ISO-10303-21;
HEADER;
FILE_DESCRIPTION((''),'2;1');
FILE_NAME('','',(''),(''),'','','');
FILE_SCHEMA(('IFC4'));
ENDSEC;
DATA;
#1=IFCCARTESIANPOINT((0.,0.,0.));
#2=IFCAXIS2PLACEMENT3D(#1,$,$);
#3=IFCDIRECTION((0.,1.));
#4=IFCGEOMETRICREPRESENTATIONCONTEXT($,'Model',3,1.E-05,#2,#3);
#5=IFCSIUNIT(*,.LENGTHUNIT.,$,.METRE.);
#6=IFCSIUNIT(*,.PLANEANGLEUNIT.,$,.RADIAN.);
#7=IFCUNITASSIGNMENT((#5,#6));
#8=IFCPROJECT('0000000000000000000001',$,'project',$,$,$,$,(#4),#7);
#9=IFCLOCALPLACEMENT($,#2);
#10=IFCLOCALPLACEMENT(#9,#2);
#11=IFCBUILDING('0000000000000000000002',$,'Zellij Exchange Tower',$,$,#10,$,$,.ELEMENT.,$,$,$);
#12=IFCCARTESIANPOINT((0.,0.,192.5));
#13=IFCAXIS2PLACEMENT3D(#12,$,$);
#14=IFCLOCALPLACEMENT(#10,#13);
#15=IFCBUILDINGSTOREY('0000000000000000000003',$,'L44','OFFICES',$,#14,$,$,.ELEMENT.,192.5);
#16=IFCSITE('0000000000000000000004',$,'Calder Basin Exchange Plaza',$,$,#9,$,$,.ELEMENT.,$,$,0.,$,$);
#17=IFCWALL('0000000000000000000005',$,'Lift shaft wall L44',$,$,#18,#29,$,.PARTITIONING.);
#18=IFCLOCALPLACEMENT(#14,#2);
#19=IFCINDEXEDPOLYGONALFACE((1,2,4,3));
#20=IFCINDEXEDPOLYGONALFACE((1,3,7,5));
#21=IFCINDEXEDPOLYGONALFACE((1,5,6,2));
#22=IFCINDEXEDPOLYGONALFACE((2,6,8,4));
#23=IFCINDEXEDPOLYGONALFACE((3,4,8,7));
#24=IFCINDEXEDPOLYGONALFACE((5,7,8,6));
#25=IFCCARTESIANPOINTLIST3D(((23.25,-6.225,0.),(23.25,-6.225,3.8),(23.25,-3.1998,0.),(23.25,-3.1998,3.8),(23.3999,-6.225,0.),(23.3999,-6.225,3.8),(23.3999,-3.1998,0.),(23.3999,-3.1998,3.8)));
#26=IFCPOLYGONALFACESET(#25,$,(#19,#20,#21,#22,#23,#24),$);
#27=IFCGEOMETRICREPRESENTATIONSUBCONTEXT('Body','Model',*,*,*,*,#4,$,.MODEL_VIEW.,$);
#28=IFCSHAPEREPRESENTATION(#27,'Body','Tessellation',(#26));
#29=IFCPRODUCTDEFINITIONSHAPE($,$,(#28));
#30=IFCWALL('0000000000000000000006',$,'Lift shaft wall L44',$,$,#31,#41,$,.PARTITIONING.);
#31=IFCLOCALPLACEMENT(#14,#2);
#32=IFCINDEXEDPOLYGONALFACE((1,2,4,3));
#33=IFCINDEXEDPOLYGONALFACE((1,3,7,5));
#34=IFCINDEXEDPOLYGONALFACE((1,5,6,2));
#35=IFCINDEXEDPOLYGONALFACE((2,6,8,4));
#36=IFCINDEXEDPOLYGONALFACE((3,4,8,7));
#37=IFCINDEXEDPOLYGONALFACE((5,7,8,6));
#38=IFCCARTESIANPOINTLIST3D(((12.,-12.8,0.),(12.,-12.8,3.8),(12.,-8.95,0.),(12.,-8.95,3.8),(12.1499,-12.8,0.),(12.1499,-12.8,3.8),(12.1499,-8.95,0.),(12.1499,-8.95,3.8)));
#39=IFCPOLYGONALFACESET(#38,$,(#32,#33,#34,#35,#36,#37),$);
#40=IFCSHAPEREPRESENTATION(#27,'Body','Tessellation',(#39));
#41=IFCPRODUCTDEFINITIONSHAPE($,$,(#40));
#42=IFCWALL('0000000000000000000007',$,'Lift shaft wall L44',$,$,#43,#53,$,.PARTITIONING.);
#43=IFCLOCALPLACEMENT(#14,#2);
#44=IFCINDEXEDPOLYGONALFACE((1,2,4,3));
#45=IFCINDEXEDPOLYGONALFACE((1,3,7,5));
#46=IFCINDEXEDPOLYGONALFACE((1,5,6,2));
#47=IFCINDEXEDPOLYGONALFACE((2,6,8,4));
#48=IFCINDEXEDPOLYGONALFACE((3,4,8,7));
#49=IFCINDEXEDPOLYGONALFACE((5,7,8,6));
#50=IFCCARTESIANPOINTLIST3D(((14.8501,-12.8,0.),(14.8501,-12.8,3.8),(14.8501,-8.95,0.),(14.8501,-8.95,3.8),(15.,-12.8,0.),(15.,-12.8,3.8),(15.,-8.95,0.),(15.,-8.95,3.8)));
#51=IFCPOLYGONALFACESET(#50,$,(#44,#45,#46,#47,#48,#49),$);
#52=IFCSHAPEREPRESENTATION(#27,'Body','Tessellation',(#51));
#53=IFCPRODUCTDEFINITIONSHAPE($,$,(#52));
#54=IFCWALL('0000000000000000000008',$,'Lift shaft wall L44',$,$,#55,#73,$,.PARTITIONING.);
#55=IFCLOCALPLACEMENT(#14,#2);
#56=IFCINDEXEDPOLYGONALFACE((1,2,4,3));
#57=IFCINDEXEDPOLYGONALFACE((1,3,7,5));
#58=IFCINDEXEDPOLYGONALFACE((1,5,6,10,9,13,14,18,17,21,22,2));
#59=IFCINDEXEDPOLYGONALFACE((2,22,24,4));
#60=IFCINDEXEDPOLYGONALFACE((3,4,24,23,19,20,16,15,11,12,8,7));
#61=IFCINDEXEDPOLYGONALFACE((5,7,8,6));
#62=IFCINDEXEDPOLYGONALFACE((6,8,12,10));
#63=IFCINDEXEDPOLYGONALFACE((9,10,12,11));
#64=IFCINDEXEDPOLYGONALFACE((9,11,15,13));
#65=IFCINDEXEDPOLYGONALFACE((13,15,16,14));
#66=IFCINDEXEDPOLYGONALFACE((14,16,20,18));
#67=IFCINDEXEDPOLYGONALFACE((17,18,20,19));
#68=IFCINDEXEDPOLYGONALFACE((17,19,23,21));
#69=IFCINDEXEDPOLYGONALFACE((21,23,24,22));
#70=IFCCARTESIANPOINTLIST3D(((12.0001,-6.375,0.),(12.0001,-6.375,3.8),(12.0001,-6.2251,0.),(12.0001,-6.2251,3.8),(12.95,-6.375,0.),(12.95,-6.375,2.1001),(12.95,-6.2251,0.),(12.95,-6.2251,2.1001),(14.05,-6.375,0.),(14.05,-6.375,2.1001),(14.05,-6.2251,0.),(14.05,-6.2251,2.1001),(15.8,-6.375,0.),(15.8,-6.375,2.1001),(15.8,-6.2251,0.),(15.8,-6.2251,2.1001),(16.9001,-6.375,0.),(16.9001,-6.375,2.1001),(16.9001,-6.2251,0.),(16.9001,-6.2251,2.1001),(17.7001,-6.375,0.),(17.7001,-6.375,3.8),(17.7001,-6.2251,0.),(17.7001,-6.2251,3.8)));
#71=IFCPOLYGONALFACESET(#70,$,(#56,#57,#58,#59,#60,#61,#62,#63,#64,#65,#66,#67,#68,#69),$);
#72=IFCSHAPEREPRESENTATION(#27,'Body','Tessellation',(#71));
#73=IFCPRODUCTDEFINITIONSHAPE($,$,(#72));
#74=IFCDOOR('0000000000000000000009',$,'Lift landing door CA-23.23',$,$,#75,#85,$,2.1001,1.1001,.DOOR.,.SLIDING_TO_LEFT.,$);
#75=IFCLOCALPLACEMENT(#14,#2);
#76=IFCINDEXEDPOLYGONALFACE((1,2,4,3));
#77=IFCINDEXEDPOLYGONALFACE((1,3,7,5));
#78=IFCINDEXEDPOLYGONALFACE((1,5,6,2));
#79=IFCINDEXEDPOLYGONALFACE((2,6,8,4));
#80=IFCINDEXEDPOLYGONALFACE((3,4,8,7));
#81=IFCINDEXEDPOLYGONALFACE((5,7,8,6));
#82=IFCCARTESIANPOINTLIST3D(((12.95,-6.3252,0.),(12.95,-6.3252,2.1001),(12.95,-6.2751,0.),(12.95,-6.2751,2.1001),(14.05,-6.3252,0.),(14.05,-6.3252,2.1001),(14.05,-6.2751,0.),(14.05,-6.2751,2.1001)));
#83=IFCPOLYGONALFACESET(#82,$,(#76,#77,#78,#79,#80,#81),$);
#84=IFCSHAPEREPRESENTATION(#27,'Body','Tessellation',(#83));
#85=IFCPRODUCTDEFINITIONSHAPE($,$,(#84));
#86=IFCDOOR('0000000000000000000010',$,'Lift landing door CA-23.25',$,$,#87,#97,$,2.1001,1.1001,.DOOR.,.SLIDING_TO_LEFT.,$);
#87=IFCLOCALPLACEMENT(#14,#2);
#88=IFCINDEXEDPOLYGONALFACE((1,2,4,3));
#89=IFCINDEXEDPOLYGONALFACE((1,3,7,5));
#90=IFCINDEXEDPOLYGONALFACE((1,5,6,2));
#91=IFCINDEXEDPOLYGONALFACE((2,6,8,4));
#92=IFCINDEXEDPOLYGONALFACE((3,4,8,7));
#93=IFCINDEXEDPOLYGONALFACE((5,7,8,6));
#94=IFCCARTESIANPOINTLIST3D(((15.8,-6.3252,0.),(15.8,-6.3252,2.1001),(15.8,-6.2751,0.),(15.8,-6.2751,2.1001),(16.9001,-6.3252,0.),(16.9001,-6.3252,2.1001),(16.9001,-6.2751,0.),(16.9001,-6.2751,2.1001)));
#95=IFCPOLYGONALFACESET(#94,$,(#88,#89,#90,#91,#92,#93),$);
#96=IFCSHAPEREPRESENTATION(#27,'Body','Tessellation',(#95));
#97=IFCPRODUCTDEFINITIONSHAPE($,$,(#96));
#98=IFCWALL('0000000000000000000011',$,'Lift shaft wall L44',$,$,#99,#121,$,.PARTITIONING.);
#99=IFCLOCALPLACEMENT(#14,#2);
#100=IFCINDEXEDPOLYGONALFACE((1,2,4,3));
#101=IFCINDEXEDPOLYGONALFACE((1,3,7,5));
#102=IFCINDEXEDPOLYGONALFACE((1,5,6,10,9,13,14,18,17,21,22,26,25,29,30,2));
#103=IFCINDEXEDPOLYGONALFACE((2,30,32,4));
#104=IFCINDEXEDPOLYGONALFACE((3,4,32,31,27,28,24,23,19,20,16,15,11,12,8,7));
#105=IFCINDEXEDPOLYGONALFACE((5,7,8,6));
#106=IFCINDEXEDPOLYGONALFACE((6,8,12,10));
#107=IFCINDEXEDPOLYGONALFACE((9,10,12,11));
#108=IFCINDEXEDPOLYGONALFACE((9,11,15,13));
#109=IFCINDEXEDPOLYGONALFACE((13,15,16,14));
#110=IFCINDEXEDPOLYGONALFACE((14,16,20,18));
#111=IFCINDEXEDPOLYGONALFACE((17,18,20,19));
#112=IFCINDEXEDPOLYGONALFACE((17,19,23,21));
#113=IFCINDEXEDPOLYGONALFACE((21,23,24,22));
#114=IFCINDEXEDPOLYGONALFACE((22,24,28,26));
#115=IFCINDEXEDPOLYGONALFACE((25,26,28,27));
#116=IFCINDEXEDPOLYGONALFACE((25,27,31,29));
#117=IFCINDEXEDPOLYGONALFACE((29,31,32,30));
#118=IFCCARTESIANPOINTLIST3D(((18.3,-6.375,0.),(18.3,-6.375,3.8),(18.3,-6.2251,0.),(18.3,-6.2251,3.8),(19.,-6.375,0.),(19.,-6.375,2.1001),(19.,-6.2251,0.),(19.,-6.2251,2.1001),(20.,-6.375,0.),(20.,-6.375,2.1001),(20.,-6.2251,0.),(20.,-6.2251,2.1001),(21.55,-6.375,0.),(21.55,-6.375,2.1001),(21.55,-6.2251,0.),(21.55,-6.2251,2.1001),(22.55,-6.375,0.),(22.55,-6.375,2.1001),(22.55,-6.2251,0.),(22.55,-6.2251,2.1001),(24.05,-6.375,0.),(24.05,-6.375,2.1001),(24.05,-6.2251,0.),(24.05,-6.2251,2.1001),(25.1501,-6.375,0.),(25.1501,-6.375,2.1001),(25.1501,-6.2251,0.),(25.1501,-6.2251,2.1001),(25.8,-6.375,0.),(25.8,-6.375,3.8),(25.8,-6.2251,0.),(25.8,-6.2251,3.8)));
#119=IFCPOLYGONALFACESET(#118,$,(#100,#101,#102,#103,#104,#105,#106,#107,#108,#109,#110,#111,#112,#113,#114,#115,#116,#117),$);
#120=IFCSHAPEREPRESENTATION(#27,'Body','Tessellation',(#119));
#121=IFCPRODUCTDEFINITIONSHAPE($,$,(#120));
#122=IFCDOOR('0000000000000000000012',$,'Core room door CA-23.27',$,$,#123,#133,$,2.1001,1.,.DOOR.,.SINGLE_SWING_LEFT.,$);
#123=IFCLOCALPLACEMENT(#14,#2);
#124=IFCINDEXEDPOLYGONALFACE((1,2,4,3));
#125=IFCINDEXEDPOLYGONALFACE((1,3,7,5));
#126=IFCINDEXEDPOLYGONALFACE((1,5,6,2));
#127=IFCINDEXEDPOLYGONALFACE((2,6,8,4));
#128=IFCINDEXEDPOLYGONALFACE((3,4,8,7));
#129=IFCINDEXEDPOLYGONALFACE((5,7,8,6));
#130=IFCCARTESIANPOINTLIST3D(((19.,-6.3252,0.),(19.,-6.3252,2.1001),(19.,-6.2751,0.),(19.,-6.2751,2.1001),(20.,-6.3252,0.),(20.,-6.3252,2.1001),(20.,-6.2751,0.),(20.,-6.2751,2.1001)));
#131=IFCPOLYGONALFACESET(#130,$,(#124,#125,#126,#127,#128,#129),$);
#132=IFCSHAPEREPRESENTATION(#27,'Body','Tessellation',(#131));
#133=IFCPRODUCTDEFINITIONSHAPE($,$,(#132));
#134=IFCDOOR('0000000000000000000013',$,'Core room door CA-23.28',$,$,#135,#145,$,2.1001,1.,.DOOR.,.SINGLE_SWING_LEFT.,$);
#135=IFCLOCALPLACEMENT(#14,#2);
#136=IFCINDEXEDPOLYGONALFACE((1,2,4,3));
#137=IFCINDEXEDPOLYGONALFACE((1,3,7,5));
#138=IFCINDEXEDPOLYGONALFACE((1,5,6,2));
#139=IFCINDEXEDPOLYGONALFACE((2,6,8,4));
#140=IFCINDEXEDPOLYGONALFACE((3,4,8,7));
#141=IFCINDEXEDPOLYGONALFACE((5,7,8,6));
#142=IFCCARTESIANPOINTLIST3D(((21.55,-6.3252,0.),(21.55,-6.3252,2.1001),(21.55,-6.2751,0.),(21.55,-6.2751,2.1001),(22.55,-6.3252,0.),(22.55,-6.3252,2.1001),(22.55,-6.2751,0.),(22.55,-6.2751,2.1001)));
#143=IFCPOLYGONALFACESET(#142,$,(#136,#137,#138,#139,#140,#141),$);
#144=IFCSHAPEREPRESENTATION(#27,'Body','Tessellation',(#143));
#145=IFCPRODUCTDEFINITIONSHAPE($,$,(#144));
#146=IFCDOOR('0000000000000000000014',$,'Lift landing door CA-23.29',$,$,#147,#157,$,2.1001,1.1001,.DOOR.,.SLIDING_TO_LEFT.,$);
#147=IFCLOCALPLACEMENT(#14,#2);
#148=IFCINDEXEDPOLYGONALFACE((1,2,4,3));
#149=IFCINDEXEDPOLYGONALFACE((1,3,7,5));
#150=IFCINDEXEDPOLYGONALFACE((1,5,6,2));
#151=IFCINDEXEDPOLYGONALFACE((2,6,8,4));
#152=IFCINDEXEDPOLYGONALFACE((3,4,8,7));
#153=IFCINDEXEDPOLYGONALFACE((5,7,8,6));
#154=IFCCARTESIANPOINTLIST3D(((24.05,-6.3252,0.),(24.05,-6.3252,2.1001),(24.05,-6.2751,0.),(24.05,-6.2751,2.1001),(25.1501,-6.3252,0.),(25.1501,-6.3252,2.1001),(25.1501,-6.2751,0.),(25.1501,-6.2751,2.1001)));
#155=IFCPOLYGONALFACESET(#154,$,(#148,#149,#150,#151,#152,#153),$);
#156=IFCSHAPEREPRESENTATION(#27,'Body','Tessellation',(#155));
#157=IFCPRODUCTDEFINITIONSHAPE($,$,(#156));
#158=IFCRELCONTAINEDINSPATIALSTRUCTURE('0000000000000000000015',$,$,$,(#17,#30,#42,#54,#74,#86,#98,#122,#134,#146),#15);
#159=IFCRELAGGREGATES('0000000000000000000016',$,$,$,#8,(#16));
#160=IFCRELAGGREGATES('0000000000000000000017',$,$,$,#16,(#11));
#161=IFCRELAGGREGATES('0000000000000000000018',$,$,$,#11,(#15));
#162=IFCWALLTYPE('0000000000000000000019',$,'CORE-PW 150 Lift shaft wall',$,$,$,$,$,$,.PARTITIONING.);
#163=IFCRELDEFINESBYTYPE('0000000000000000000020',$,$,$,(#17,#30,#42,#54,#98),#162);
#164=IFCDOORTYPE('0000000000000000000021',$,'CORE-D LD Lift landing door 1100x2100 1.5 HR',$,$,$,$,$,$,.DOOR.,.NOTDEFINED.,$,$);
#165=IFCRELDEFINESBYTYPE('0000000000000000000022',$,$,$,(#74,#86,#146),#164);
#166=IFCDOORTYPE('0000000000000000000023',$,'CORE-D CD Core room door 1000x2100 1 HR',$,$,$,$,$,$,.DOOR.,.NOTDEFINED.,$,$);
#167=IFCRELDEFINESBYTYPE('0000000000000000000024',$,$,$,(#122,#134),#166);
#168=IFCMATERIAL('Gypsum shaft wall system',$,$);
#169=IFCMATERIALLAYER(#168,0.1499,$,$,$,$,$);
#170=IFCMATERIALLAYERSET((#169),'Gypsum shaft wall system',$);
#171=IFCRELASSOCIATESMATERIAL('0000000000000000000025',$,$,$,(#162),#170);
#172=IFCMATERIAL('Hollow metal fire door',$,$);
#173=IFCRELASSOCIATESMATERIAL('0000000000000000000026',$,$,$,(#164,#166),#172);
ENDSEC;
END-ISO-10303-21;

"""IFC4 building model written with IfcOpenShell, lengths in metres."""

from ifc_helpers import new_model, si_unit, direction, frame, frame_2d, origin, place, context, subcontext, project, spatial, rectangle, extrude, material, layer, layer_set, type_object, element, fill, save


model = new_model("IFC4")

# Units and contexts
model_context = context("Model", 3, precision=1e-05, world=origin(), true_north=direction((0.0, 1.0)))
body_context = subcontext(model_context, "Body", "Model", "MODEL_VIEW")
ifc_project = project(units=[si_unit("LENGTHUNIT", "METRE"), si_unit("PLANEANGLEUNIT", "RADIAN")], contexts=[model_context])

# Site, building, storey
site_placement = place(None, origin())
site = spatial("IfcSite", under=ifc_project, at=site_placement, Name="Calder Basin Exchange Plaza", CompositionType="ELEMENT", RefElevation=0.0)
building_placement = place(site_placement, origin())
building = spatial("IfcBuilding", under=site, at=building_placement, Name="Zellij Exchange Tower", CompositionType="ELEMENT")
storey_placement = place(building_placement, frame((0.0, 0.0, 192.5)))
storey = spatial("IfcBuildingStorey", under=building, at=storey_placement, Name="L44", Description="OFFICES", CompositionType="ELEMENT", Elevation=192.5)

# Shared definitions
ifc_material_1 = material(Name="Hollow metal fire door")

# Walls
ifc_material_2 = material(Name="Gypsum shaft wall system")
ifc_layer_1 = layer(ifc_material_2, 0.1499)
ifc_layer_set_1 = layer_set([ifc_layer_1], Name="Gypsum shaft wall system")
wall_type_1 = type_object("IfcWallType", Name="CORE-PW 150 Lift shaft wall", PredefinedType="PARTITIONING", material=ifc_layer_set_1)
for number, where, z_axis, x_axis, name in (
    (1, (23.325, -6.2251, 0.0), (0.0, 0.0, 1.0), (0.0, 1.0, 0.0), "Lift shaft wall L44"),
):
    element("IfcWall", number, at=place(storey_placement, frame(where, z_axis=z_axis, x_axis=x_axis)), inside=storey, type_object=wall_type_1, Name=name, PredefinedType="PARTITIONING", context=body_context, shape_type="SweptSolid", body=[
        extrude(rectangle(XDim=3.0251, YDim=0.1499, at=frame_2d((1.5127, 0.0))), origin(), (0.0, 0.0, 1.0), 3.8),
    ])
for number, where, z_axis, x_axis, name in (
    (2, (12.075, -12.8, 0.0), (0.0, 0.0, 1.0), (0.0, 1.0, 0.0), "Lift shaft wall L44"),
    (3, (14.925, -12.8, 0.0), (0.0, 0.0, 1.0), (0.0, 1.0, 0.0), "Lift shaft wall L44"),
):
    element("IfcWall", number, at=place(storey_placement, frame(where, z_axis=z_axis, x_axis=x_axis)), inside=storey, type_object=wall_type_1, Name=name, PredefinedType="PARTITIONING", context=body_context, shape_type="SweptSolid", body=[
        extrude(rectangle(XDim=3.8501, YDim=0.1499, at=frame_2d((1.925, 0.0))), origin(), (0.0, 0.0, 1.0), 3.8),
    ])

# Walls, openings, doors
wall_1_placement = place(storey_placement, frame((12.0, -6.3, 0.0), z_axis=(0.0, 0.0, 1.0), x_axis=(1.0, 0.0, 0.0)))
wall_1 = element("IfcWall", 4, at=wall_1_placement, inside=storey, type_object=wall_type_1, Name="Lift shaft wall L44", PredefinedType="PARTITIONING", context=body_context, shape_type="SweptSolid", body=[
    extrude(rectangle(XDim=5.7, YDim=0.1499, at=frame_2d((2.8501, 0.0))), origin(), (0.0, 0.0, 1.0), 3.8),
])
opening_1_placement = place(wall_1_placement, frame((0.95, 0.0, 0.0)))
opening_1 = element("IfcOpeningElement", 5, at=opening_1_placement, cuts=wall_1, PredefinedType="OPENING", context=body_context, shape_type="SweptSolid", body=[
    extrude(rectangle(XDim=1.1001, YDim=2.1001, at=frame_2d((0.55, 1.05))), frame((0.0, 0.0869, 0.0), z_axis=(0.0, -1.0, 0.0), x_axis=(1.0, 0.0, 0.0)), (0.0, 0.0, 1.0), 0.1738),
])
opening_2_placement = place(wall_1_placement, frame((3.8, 0.0, 0.0)))
opening_2 = element("IfcOpeningElement", 6, at=opening_2_placement, cuts=wall_1, PredefinedType="OPENING", context=body_context, shape_type="SweptSolid", body=[
    extrude(rectangle(XDim=1.1001, YDim=2.1001, at=frame_2d((0.55, 1.05))), frame((0.0, 0.0869, 0.0), z_axis=(0.0, -1.0, 0.0), x_axis=(1.0, 0.0, 0.0)), (0.0, 0.0, 1.0), 0.1738),
])
door_type_1 = type_object("IfcDoorType", Name="CORE-D LD Lift landing door 1100x2100 1.5 HR", OperationType="NOTDEFINED", PredefinedType="DOOR", material=ifc_material_1)
door_1_placement = place(opening_1_placement, origin())
door_1 = element("IfcDoor", 7, at=door_1_placement, inside=storey, type_object=door_type_1, Name="Lift landing door CA-23.23", OperationType="SLIDING_TO_LEFT", OverallHeight=2.1001, OverallWidth=1.1001, PredefinedType="DOOR", context=body_context, shape_type="SweptSolid", body=[
    extrude(rectangle(XDim=1.1001, YDim=2.1001, at=frame_2d((0.55, 1.05))), frame((0.0, 0.0249, 0.0), z_axis=(0.0, -1.0, 0.0), x_axis=(1.0, 0.0, 0.0)), (0.0, 0.0, 1.0), 0.05),
])
fill(opening_1, door_1)
door_2_placement = place(opening_2_placement, origin())
door_2 = element("IfcDoor", 8, at=door_2_placement, inside=storey, type_object=door_type_1, Name="Lift landing door CA-23.25", OperationType="SLIDING_TO_LEFT", OverallHeight=2.1001, OverallWidth=1.1001, PredefinedType="DOOR", context=body_context, shape_type="SweptSolid", body=[
    extrude(rectangle(XDim=1.1001, YDim=2.1001, at=frame_2d((0.55, 1.05))), frame((0.0, 0.0249, 0.0), z_axis=(0.0, -1.0, 0.0), x_axis=(1.0, 0.0, 0.0)), (0.0, 0.0, 1.0), 0.05),
])
fill(opening_2, door_2)
wall_2_placement = place(storey_placement, frame((18.3, -6.3, 0.0), z_axis=(0.0, 0.0, 1.0), x_axis=(1.0, 0.0, 0.0)))
wall_2 = element("IfcWall", 9, at=wall_2_placement, inside=storey, type_object=wall_type_1, Name="Lift shaft wall L44", PredefinedType="PARTITIONING", context=body_context, shape_type="SweptSolid", body=[
    extrude(rectangle(XDim=7.5, YDim=0.1499, at=frame_2d((3.75, 0.0))), origin(), (0.0, 0.0, 1.0), 3.8),
])
opening_3_placement = place(wall_2_placement, frame((0.7, 0.0, 0.0)))
opening_3 = element("IfcOpeningElement", 10, at=opening_3_placement, cuts=wall_2, PredefinedType="OPENING", context=body_context, shape_type="SweptSolid", body=[
    extrude(rectangle(XDim=1.0, YDim=2.1001, at=frame_2d((0.5, 1.05))), frame((0.0, 0.0869, 0.0), z_axis=(0.0, -1.0, 0.0), x_axis=(1.0, 0.0, 0.0)), (0.0, 0.0, 1.0), 0.1738),
])
opening_4_placement = place(wall_2_placement, frame((3.25, 0.0, 0.0)))
opening_4 = element("IfcOpeningElement", 11, at=opening_4_placement, cuts=wall_2, PredefinedType="OPENING", context=body_context, shape_type="SweptSolid", body=[
    extrude(rectangle(XDim=1.0, YDim=2.1001, at=frame_2d((0.5, 1.05))), frame((0.0, 0.0869, 0.0), z_axis=(0.0, -1.0, 0.0), x_axis=(1.0, 0.0, 0.0)), (0.0, 0.0, 1.0), 0.1738),
])
opening_5_placement = place(wall_2_placement, frame((5.75, 0.0, 0.0)))
opening_5 = element("IfcOpeningElement", 12, at=opening_5_placement, cuts=wall_2, PredefinedType="OPENING", context=body_context, shape_type="SweptSolid", body=[
    extrude(rectangle(XDim=1.1001, YDim=2.1001, at=frame_2d((0.55, 1.05))), frame((0.0, 0.0869, 0.0), z_axis=(0.0, -1.0, 0.0), x_axis=(1.0, 0.0, 0.0)), (0.0, 0.0, 1.0), 0.1738),
])
door_type_2 = type_object("IfcDoorType", Name="CORE-D CD Core room door 1000x2100 1 HR", OperationType="NOTDEFINED", PredefinedType="DOOR", material=ifc_material_1)
door_3_placement = place(opening_3_placement, origin())
door_3 = element("IfcDoor", 13, at=door_3_placement, inside=storey, type_object=door_type_2, Name="Core room door CA-23.27", OperationType="SINGLE_SWING_LEFT", OverallHeight=2.1001, OverallWidth=1.0, PredefinedType="DOOR", context=body_context, shape_type="SweptSolid", body=[
    extrude(rectangle(XDim=1.0, YDim=2.1001, at=frame_2d((0.5, 1.05))), frame((0.0, 0.0249, 0.0), z_axis=(0.0, -1.0, 0.0), x_axis=(1.0, 0.0, 0.0)), (0.0, 0.0, 1.0), 0.05),
])
fill(opening_3, door_3)
door_4_placement = place(opening_4_placement, origin())
door_4 = element("IfcDoor", 14, at=door_4_placement, inside=storey, type_object=door_type_2, Name="Core room door CA-23.28", OperationType="SINGLE_SWING_LEFT", OverallHeight=2.1001, OverallWidth=1.0, PredefinedType="DOOR", context=body_context, shape_type="SweptSolid", body=[
    extrude(rectangle(XDim=1.0, YDim=2.1001, at=frame_2d((0.5, 1.05))), frame((0.0, 0.0249, 0.0), z_axis=(0.0, -1.0, 0.0), x_axis=(1.0, 0.0, 0.0)), (0.0, 0.0, 1.0), 0.05),
])
fill(opening_4, door_4)
door_5_placement = place(opening_5_placement, origin())
door_5 = element("IfcDoor", 15, at=door_5_placement, inside=storey, type_object=door_type_1, Name="Lift landing door CA-23.29", OperationType="SLIDING_TO_LEFT", OverallHeight=2.1001, OverallWidth=1.1001, PredefinedType="DOOR", context=body_context, shape_type="SweptSolid", body=[
    extrude(rectangle(XDim=1.1001, YDim=2.1001, at=frame_2d((0.55, 1.05))), frame((0.0, 0.0249, 0.0), z_axis=(0.0, -1.0, 0.0), x_axis=(1.0, 0.0, 0.0)), (0.0, 0.0, 1.0), 0.05),
])
fill(opening_5, door_5)

save(model, "model.ifc")
